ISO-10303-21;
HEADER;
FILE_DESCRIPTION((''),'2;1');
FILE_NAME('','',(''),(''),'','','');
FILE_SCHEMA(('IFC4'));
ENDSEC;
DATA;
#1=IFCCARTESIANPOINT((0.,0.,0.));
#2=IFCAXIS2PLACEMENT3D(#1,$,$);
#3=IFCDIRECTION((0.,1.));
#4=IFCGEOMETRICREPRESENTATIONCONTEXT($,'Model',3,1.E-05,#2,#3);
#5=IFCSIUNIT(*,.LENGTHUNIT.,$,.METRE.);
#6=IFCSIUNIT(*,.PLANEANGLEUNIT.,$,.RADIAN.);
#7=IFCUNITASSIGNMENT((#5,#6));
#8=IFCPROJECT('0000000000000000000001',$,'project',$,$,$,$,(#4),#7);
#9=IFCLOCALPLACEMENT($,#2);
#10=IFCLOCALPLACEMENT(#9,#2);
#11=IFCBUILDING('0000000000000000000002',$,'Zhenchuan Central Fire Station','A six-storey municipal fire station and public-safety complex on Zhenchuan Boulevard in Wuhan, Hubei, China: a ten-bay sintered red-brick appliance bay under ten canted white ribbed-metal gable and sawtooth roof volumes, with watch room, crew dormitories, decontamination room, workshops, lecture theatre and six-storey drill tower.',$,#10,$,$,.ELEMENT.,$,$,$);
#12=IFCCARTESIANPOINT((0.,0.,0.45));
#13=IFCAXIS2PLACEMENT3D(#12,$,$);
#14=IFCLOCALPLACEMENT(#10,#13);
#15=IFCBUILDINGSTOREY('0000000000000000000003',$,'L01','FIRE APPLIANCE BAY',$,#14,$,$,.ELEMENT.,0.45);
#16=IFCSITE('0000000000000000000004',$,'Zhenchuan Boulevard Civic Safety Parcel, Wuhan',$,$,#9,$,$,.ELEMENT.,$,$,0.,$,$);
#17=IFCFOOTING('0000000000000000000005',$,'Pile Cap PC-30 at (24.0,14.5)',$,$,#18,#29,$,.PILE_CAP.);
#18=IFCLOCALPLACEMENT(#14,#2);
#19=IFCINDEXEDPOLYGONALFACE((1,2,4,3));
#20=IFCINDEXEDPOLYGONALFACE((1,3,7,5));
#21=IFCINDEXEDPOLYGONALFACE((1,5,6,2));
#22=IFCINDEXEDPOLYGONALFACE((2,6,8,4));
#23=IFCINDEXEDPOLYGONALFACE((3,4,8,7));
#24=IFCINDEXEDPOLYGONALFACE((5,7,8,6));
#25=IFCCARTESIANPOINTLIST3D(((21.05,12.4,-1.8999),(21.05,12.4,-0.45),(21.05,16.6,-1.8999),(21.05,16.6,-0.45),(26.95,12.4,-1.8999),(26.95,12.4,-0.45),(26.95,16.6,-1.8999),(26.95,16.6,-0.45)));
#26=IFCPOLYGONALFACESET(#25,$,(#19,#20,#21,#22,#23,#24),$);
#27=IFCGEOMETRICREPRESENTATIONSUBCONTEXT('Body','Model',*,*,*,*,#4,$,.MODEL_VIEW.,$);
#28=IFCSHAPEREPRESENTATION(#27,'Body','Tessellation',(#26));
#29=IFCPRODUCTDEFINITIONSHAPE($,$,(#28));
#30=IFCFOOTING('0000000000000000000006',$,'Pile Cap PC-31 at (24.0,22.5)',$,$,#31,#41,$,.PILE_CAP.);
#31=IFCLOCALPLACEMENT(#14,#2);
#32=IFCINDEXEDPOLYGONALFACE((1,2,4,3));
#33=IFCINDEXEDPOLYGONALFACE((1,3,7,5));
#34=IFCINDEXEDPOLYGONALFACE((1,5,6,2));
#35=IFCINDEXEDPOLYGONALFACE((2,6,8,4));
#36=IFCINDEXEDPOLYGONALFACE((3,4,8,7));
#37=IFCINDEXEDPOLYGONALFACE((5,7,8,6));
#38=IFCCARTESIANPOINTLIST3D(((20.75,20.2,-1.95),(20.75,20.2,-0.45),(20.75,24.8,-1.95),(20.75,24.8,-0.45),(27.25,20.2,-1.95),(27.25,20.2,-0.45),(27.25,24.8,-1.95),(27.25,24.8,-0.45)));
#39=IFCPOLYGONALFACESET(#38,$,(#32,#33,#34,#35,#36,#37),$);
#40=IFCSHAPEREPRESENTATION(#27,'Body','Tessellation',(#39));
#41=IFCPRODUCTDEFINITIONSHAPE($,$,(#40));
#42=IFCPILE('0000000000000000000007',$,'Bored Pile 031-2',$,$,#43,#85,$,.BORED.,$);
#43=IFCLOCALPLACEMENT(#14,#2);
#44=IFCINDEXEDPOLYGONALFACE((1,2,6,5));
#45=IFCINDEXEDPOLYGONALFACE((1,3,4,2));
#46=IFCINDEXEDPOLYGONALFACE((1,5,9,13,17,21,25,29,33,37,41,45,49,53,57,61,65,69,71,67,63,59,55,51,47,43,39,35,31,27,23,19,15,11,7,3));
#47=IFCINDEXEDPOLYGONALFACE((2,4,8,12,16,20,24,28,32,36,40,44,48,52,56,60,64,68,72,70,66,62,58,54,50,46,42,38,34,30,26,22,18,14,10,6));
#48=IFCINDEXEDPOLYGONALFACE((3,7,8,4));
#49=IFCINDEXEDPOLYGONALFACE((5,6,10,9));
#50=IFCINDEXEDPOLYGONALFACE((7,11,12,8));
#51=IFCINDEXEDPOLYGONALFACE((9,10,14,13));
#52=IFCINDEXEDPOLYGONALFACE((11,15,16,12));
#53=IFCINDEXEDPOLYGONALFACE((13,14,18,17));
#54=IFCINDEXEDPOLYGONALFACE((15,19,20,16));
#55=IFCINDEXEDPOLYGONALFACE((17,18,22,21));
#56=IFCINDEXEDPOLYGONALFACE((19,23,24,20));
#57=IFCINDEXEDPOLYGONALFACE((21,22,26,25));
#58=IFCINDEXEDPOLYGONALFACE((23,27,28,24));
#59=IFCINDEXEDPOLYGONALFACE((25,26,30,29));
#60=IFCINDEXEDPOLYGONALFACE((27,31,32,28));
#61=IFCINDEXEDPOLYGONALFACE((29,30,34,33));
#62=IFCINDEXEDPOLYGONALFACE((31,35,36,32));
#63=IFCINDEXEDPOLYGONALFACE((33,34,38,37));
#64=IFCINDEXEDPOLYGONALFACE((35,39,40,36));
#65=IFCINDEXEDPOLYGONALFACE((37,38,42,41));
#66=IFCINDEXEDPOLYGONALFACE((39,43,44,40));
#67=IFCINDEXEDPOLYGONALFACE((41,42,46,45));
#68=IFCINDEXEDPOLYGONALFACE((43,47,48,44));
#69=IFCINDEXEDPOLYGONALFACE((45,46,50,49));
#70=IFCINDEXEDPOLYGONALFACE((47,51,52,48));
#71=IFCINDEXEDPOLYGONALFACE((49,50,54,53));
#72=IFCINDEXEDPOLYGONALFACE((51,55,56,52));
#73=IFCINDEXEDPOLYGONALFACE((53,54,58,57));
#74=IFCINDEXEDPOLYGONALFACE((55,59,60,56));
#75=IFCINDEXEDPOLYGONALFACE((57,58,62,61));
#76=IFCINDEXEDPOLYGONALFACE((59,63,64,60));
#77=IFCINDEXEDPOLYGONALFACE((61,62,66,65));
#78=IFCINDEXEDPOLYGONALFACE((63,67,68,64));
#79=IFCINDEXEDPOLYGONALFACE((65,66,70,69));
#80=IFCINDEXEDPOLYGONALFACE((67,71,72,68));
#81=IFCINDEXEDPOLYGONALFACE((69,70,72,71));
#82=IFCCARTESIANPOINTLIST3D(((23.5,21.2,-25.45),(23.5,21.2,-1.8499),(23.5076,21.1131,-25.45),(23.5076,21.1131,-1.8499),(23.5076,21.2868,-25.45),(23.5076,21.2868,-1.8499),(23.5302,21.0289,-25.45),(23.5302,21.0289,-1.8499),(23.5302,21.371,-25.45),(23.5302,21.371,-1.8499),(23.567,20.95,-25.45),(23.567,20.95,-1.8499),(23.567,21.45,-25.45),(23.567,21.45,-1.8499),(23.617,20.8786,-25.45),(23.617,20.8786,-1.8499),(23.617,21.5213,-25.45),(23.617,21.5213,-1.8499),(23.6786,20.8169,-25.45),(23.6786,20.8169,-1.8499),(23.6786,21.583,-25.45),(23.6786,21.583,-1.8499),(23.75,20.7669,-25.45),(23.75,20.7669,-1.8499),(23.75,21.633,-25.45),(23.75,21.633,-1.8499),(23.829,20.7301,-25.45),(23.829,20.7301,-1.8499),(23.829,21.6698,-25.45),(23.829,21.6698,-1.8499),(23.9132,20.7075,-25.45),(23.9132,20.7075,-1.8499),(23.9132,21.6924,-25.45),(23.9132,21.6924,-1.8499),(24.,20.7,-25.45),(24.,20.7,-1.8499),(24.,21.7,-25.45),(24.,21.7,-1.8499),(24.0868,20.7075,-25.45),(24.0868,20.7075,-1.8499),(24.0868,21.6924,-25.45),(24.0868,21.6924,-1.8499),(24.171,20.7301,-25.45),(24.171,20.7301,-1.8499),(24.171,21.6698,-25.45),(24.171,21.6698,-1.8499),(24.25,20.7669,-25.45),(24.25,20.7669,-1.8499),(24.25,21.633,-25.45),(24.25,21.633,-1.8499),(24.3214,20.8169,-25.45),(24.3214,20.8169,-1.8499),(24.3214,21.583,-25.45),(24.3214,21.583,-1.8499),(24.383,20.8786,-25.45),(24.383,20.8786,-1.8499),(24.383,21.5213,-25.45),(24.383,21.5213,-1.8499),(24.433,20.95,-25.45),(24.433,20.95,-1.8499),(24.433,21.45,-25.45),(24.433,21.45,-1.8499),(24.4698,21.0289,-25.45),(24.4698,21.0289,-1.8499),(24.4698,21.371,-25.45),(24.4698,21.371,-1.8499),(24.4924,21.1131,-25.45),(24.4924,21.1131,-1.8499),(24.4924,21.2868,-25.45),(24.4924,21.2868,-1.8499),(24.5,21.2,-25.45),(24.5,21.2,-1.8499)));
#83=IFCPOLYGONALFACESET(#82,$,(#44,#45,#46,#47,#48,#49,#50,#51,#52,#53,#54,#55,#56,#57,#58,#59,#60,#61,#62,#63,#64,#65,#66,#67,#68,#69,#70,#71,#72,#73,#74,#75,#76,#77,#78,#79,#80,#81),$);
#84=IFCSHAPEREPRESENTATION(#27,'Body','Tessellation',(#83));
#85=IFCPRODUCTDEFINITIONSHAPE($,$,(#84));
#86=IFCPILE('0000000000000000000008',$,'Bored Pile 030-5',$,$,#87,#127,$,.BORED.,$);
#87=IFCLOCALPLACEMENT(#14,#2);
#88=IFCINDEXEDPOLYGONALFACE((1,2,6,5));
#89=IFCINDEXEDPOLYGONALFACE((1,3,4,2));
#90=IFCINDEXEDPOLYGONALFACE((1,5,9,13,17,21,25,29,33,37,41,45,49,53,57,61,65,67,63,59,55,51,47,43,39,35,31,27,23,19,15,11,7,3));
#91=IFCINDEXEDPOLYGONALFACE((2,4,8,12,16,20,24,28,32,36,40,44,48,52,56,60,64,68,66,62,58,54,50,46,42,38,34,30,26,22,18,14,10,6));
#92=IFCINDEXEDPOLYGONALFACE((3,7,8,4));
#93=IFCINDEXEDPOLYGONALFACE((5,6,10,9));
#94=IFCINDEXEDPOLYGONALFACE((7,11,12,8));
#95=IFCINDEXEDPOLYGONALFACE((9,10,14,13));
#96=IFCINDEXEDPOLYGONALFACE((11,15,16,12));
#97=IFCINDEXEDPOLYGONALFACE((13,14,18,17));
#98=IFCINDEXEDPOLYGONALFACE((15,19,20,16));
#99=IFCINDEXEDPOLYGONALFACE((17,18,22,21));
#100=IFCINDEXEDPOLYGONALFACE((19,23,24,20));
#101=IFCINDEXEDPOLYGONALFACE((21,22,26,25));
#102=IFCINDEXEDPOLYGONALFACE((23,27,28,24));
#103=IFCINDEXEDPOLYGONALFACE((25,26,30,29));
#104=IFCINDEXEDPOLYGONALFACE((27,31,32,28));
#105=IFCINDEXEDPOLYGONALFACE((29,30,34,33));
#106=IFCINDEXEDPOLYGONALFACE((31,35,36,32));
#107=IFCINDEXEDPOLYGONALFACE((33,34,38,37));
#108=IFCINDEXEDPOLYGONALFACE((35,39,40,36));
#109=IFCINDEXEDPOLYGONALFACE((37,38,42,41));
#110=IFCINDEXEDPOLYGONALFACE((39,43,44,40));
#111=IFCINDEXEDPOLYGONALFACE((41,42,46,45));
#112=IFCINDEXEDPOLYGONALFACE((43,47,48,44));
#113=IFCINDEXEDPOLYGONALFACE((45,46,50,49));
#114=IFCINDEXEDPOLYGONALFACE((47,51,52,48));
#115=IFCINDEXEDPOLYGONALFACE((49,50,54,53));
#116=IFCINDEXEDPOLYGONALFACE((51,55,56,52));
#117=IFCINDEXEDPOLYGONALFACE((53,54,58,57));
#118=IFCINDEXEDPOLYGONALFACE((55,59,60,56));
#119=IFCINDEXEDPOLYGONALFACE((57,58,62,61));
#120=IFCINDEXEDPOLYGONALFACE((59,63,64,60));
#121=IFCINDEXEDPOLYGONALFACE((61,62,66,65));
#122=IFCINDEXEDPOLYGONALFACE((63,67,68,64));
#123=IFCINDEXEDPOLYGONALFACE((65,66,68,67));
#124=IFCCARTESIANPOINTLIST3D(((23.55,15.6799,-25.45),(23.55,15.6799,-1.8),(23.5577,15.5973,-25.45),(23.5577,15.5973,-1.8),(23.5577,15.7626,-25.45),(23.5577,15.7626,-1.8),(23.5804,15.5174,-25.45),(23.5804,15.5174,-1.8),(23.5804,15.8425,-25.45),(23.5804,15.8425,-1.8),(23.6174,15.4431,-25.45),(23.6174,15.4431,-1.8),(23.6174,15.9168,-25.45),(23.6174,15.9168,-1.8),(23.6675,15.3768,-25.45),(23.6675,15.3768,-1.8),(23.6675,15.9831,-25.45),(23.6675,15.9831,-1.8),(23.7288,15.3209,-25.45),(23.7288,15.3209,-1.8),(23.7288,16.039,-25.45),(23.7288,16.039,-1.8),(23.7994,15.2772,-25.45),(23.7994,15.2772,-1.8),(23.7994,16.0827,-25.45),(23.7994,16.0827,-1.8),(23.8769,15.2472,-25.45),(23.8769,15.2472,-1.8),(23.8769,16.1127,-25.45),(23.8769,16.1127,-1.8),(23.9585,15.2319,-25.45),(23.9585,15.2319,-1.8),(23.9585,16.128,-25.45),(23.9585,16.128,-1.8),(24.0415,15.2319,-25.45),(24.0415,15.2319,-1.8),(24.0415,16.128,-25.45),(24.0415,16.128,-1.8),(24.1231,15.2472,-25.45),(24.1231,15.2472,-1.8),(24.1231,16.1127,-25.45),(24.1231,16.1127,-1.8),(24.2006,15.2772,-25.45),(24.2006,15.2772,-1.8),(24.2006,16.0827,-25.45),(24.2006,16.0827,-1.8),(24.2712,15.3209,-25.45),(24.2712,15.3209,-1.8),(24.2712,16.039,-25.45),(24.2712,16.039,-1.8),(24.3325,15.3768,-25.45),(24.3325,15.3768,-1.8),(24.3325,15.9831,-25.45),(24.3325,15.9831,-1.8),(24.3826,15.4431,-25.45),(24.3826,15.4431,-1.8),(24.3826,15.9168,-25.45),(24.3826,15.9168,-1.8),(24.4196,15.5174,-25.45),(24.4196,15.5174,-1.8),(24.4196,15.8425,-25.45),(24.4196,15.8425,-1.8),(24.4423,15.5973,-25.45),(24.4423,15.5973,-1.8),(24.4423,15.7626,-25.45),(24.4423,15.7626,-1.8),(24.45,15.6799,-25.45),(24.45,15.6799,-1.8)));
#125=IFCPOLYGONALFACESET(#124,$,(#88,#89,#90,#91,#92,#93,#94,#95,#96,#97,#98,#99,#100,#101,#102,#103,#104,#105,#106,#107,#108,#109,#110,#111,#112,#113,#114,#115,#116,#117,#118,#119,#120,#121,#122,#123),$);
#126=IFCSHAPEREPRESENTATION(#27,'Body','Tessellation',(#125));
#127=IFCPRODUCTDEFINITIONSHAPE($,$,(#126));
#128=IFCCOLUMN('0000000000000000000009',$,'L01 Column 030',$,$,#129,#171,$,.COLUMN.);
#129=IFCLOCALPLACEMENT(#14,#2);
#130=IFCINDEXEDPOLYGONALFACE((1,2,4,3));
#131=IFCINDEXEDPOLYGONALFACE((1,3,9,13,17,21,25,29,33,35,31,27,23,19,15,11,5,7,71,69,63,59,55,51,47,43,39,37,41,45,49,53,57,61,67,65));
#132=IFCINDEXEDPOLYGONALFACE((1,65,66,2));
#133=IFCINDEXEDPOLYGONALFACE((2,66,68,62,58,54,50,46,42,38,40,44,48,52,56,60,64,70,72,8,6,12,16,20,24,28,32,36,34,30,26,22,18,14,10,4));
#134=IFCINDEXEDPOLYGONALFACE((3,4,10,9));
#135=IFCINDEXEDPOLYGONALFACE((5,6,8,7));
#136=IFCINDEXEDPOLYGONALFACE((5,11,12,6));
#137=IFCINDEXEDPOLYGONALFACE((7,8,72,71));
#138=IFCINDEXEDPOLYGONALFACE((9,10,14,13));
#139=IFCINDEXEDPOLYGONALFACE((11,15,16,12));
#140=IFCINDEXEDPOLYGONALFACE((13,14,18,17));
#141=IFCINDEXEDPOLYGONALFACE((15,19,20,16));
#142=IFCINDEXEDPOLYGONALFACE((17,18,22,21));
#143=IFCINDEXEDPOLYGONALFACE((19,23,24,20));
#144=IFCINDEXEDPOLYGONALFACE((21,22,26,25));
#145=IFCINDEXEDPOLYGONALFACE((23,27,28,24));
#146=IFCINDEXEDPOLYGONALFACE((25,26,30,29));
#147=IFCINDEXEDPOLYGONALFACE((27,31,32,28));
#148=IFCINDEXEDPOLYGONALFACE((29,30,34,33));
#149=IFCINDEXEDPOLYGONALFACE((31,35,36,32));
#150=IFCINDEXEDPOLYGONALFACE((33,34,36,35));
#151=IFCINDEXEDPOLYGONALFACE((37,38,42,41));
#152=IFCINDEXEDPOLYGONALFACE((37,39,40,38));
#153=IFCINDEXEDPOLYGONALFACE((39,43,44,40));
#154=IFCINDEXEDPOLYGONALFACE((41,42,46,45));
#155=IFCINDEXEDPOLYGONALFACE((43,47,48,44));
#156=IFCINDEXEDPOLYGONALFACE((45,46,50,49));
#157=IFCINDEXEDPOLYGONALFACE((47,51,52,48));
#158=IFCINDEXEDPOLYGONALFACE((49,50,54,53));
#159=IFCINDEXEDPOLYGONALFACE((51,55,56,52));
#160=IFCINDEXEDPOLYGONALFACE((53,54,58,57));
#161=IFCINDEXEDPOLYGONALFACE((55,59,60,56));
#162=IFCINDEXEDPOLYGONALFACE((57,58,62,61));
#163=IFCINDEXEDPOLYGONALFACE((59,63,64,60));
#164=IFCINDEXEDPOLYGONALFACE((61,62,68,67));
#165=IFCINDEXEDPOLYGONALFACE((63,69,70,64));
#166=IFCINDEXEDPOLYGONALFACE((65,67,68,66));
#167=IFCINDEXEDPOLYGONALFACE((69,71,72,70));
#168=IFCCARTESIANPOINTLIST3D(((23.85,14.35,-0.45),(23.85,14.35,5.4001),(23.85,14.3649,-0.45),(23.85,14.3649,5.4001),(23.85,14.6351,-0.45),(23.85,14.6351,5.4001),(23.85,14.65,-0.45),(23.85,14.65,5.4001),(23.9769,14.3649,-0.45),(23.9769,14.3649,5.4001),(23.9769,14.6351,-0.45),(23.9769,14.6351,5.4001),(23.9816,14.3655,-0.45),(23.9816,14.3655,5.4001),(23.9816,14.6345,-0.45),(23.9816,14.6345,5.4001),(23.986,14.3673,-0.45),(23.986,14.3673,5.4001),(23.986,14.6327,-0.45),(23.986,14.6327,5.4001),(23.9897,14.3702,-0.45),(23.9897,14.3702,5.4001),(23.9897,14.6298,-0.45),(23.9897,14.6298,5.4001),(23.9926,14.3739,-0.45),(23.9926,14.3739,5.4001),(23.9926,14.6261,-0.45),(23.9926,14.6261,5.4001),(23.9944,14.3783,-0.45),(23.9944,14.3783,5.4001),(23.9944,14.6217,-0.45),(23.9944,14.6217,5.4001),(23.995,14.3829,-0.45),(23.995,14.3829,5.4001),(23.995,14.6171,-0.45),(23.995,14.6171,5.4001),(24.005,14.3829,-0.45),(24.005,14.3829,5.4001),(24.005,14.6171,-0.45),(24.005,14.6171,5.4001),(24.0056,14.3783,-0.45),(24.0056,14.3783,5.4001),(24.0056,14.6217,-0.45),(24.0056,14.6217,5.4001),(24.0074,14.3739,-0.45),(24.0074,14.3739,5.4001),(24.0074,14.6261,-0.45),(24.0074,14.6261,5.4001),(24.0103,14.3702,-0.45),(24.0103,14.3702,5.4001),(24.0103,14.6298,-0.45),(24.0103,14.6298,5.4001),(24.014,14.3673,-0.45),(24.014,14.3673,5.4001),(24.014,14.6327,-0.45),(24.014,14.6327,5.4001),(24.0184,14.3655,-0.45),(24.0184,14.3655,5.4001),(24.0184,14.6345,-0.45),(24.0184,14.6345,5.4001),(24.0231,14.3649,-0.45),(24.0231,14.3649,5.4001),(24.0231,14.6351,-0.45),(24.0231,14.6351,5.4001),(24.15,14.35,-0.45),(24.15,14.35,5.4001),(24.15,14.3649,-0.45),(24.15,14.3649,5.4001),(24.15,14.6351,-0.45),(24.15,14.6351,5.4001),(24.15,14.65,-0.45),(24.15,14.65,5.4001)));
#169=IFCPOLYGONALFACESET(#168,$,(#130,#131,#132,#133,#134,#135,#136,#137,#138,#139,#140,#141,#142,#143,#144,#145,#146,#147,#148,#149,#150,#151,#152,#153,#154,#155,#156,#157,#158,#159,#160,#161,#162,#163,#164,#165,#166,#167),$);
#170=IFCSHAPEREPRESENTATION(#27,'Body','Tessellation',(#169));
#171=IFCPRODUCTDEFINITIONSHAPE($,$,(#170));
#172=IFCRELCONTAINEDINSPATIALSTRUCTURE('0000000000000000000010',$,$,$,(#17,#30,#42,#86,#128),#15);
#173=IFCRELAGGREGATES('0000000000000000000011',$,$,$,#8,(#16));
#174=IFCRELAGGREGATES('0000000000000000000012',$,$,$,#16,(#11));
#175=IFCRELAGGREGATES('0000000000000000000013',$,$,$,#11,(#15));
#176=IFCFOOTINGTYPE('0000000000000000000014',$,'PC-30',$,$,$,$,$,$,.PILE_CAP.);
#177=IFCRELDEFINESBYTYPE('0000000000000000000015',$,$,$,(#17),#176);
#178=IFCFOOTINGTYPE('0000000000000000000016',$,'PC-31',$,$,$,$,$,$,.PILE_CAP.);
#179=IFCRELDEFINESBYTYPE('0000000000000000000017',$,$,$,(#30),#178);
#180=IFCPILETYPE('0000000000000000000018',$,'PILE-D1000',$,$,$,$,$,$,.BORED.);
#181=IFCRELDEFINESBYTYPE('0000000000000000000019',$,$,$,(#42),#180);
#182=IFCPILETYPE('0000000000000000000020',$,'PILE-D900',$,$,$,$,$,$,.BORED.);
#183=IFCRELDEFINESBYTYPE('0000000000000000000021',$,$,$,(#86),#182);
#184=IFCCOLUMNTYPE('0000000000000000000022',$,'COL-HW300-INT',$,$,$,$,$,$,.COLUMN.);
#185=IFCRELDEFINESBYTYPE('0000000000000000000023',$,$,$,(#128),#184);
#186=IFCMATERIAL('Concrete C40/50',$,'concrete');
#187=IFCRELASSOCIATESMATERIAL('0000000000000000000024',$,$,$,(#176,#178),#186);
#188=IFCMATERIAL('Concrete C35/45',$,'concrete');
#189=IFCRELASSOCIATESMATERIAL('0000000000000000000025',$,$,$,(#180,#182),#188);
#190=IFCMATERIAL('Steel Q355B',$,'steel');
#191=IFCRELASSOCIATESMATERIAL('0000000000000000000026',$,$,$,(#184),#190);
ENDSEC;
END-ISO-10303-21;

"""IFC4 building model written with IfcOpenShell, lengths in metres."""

from ifc_helpers import new_model, si_unit, direction, frame, origin, origin_2d, place, context, subcontext, project, spatial, rectangle, circle, i_section, extrude, material, material_profile, profile_set, type_object, element, save


model = new_model("IFC4")

# Units and contexts
model_context = context("Model", 3, precision=1e-05, world=origin(), true_north=direction((0.0, 1.0)))
body_context = subcontext(model_context, "Body", "Model", "MODEL_VIEW")
ifc_project = project(units=[si_unit("LENGTHUNIT", "METRE"), si_unit("PLANEANGLEUNIT", "RADIAN")], contexts=[model_context])

# Site, building, storey
site_placement = place(None, origin())
site = spatial("IfcSite", under=ifc_project, at=site_placement, Name="Zhenchuan Boulevard Civic Safety Parcel, Wuhan", CompositionType="ELEMENT", RefElevation=0.0)
building_placement = place(site_placement, origin())
building = spatial("IfcBuilding", under=site, at=building_placement, Name="Zhenchuan Central Fire Station", Description="A six-storey municipal fire station and public-safety complex on Zhenchuan Boulevard in Wuhan, Hubei, China: a ten-bay sintered red-brick appliance bay under ten canted white ribbed-metal gable and sawtooth roof volumes, with watch room, crew dormitories, decontamination room, workshops, lecture theatre and six-storey drill tower.", CompositionType="ELEMENT")
storey_placement = place(building_placement, frame((0.0, 0.0, 0.45)))
storey = spatial("IfcBuildingStorey", under=building, at=storey_placement, Name="L01", Description="FIRE APPLIANCE BAY", CompositionType="ELEMENT", Elevation=0.45)

# Footings
ifc_material_1 = material(Name="Concrete C40/50", Category="concrete")
footing_type_1 = type_object("IfcFootingType", Name="PC-30", PredefinedType="PILE_CAP", material=ifc_material_1)
footing_1_placement = place(storey_placement, frame((24.0, 14.5, -1.8999), z_axis=(0.0, 0.0, 1.0), x_axis=(1.0, 0.0, 0.0)))
element("IfcFooting", 1, at=footing_1_placement, inside=storey, type_object=footing_type_1, Name="Pile Cap PC-30 at (24.0,14.5)", PredefinedType="PILE_CAP", context=body_context, shape_type="SweptSolid", body=[
    extrude(rectangle(XDim=5.8999, YDim=4.2, at=origin_2d()), origin(), (0.0, 0.0, 1.0), 1.45),
])
footing_type_2 = type_object("IfcFootingType", Name="PC-31", PredefinedType="PILE_CAP", material=ifc_material_1)
footing_2_placement = place(storey_placement, frame((24.0, 22.5, -1.95), z_axis=(0.0, 0.0, 1.0), x_axis=(1.0, 0.0, 0.0)))
element("IfcFooting", 2, at=footing_2_placement, inside=storey, type_object=footing_type_2, Name="Pile Cap PC-31 at (24.0,22.5)", PredefinedType="PILE_CAP", context=body_context, shape_type="SweptSolid", body=[
    extrude(rectangle(XDim=6.5, YDim=4.6001, at=origin_2d()), origin(), (0.0, 0.0, 1.0), 1.5),
])

# Piles
ifc_material_2 = material(Name="Concrete C35/45", Category="concrete")
ifc_material_profile_1 = material_profile(ifc_material_2, circle(Radius=0.5, at=origin_2d()), Name="PILE D1000")
ifc_profile_set_1 = profile_set([ifc_material_profile_1], Name="Concrete C35/45")
pile_type_1 = type_object("IfcPileType", Name="PILE-D1000", PredefinedType="BORED", material=ifc_profile_set_1)
pile_1_placement = place(storey_placement, frame((24.0, 21.2, -1.8499), z_axis=(0.0, 0.0, -1.0), x_axis=(1.0, 0.0, 0.0)))
element("IfcPile", 3, at=pile_1_placement, inside=storey, type_object=pile_type_1, Name="Bored Pile 031-2", PredefinedType="BORED", context=body_context, shape_type="SweptSolid", body=[
    extrude(circle(Radius=0.5, at=origin_2d()), origin(), (0.0, 0.0, 1.0), 23.6001),
])
ifc_material_profile_2 = material_profile(ifc_material_2, circle(Radius=0.45, at=origin_2d()), Name="PILE D900")
ifc_profile_set_2 = profile_set([ifc_material_profile_2], Name="Concrete C35/45")
pile_type_2 = type_object("IfcPileType", Name="PILE-D900", PredefinedType="BORED", material=ifc_profile_set_2)
pile_2_placement = place(storey_placement, frame((24.0, 15.6799, -1.8), z_axis=(0.0, 0.0, -1.0), x_axis=(1.0, 0.0, 0.0)))
element("IfcPile", 4, at=pile_2_placement, inside=storey, type_object=pile_type_2, Name="Bored Pile 030-5", PredefinedType="BORED", context=body_context, shape_type="SweptSolid", body=[
    extrude(circle(Radius=0.45, at=origin_2d()), origin(), (0.0, 0.0, 1.0), 23.6499),
])

# Column
ifc_material_3 = material(Name="Steel Q355B", Category="steel")
ifc_material_profile_3 = material_profile(ifc_material_3, i_section(OverallWidth=0.3, OverallDepth=0.3, WebThickness=0.01, FlangeThickness=0.0149, FilletRadius=0.0181, at=origin_2d()), Name="HW 300x300")
ifc_profile_set_3 = profile_set([ifc_material_profile_3], Name="Steel Q355B")
column_type = type_object("IfcColumnType", Name="COL-HW300-INT", PredefinedType="COLUMN", material=ifc_profile_set_3)
for number, where, z_axis, x_axis, name in (
    (5, (24.0, 14.5, -0.45), (0.0, 0.0, 1.0), (1.0, 0.0, 0.0), "L01 Column 030"),
):
    element("IfcColumn", number, at=place(storey_placement, frame(where, z_axis=z_axis, x_axis=x_axis)), inside=storey, type_object=column_type, Name=name, PredefinedType="COLUMN", context=body_context, shape_type="SweptSolid", body=[
        extrude(i_section(OverallWidth=0.3, OverallDepth=0.3, WebThickness=0.01, FlangeThickness=0.0149, FilletRadius=0.0181, at=origin_2d()), origin(), (0.0, 0.0, 1.0), 5.8501),
    ])

save(model, "model.ifc")
